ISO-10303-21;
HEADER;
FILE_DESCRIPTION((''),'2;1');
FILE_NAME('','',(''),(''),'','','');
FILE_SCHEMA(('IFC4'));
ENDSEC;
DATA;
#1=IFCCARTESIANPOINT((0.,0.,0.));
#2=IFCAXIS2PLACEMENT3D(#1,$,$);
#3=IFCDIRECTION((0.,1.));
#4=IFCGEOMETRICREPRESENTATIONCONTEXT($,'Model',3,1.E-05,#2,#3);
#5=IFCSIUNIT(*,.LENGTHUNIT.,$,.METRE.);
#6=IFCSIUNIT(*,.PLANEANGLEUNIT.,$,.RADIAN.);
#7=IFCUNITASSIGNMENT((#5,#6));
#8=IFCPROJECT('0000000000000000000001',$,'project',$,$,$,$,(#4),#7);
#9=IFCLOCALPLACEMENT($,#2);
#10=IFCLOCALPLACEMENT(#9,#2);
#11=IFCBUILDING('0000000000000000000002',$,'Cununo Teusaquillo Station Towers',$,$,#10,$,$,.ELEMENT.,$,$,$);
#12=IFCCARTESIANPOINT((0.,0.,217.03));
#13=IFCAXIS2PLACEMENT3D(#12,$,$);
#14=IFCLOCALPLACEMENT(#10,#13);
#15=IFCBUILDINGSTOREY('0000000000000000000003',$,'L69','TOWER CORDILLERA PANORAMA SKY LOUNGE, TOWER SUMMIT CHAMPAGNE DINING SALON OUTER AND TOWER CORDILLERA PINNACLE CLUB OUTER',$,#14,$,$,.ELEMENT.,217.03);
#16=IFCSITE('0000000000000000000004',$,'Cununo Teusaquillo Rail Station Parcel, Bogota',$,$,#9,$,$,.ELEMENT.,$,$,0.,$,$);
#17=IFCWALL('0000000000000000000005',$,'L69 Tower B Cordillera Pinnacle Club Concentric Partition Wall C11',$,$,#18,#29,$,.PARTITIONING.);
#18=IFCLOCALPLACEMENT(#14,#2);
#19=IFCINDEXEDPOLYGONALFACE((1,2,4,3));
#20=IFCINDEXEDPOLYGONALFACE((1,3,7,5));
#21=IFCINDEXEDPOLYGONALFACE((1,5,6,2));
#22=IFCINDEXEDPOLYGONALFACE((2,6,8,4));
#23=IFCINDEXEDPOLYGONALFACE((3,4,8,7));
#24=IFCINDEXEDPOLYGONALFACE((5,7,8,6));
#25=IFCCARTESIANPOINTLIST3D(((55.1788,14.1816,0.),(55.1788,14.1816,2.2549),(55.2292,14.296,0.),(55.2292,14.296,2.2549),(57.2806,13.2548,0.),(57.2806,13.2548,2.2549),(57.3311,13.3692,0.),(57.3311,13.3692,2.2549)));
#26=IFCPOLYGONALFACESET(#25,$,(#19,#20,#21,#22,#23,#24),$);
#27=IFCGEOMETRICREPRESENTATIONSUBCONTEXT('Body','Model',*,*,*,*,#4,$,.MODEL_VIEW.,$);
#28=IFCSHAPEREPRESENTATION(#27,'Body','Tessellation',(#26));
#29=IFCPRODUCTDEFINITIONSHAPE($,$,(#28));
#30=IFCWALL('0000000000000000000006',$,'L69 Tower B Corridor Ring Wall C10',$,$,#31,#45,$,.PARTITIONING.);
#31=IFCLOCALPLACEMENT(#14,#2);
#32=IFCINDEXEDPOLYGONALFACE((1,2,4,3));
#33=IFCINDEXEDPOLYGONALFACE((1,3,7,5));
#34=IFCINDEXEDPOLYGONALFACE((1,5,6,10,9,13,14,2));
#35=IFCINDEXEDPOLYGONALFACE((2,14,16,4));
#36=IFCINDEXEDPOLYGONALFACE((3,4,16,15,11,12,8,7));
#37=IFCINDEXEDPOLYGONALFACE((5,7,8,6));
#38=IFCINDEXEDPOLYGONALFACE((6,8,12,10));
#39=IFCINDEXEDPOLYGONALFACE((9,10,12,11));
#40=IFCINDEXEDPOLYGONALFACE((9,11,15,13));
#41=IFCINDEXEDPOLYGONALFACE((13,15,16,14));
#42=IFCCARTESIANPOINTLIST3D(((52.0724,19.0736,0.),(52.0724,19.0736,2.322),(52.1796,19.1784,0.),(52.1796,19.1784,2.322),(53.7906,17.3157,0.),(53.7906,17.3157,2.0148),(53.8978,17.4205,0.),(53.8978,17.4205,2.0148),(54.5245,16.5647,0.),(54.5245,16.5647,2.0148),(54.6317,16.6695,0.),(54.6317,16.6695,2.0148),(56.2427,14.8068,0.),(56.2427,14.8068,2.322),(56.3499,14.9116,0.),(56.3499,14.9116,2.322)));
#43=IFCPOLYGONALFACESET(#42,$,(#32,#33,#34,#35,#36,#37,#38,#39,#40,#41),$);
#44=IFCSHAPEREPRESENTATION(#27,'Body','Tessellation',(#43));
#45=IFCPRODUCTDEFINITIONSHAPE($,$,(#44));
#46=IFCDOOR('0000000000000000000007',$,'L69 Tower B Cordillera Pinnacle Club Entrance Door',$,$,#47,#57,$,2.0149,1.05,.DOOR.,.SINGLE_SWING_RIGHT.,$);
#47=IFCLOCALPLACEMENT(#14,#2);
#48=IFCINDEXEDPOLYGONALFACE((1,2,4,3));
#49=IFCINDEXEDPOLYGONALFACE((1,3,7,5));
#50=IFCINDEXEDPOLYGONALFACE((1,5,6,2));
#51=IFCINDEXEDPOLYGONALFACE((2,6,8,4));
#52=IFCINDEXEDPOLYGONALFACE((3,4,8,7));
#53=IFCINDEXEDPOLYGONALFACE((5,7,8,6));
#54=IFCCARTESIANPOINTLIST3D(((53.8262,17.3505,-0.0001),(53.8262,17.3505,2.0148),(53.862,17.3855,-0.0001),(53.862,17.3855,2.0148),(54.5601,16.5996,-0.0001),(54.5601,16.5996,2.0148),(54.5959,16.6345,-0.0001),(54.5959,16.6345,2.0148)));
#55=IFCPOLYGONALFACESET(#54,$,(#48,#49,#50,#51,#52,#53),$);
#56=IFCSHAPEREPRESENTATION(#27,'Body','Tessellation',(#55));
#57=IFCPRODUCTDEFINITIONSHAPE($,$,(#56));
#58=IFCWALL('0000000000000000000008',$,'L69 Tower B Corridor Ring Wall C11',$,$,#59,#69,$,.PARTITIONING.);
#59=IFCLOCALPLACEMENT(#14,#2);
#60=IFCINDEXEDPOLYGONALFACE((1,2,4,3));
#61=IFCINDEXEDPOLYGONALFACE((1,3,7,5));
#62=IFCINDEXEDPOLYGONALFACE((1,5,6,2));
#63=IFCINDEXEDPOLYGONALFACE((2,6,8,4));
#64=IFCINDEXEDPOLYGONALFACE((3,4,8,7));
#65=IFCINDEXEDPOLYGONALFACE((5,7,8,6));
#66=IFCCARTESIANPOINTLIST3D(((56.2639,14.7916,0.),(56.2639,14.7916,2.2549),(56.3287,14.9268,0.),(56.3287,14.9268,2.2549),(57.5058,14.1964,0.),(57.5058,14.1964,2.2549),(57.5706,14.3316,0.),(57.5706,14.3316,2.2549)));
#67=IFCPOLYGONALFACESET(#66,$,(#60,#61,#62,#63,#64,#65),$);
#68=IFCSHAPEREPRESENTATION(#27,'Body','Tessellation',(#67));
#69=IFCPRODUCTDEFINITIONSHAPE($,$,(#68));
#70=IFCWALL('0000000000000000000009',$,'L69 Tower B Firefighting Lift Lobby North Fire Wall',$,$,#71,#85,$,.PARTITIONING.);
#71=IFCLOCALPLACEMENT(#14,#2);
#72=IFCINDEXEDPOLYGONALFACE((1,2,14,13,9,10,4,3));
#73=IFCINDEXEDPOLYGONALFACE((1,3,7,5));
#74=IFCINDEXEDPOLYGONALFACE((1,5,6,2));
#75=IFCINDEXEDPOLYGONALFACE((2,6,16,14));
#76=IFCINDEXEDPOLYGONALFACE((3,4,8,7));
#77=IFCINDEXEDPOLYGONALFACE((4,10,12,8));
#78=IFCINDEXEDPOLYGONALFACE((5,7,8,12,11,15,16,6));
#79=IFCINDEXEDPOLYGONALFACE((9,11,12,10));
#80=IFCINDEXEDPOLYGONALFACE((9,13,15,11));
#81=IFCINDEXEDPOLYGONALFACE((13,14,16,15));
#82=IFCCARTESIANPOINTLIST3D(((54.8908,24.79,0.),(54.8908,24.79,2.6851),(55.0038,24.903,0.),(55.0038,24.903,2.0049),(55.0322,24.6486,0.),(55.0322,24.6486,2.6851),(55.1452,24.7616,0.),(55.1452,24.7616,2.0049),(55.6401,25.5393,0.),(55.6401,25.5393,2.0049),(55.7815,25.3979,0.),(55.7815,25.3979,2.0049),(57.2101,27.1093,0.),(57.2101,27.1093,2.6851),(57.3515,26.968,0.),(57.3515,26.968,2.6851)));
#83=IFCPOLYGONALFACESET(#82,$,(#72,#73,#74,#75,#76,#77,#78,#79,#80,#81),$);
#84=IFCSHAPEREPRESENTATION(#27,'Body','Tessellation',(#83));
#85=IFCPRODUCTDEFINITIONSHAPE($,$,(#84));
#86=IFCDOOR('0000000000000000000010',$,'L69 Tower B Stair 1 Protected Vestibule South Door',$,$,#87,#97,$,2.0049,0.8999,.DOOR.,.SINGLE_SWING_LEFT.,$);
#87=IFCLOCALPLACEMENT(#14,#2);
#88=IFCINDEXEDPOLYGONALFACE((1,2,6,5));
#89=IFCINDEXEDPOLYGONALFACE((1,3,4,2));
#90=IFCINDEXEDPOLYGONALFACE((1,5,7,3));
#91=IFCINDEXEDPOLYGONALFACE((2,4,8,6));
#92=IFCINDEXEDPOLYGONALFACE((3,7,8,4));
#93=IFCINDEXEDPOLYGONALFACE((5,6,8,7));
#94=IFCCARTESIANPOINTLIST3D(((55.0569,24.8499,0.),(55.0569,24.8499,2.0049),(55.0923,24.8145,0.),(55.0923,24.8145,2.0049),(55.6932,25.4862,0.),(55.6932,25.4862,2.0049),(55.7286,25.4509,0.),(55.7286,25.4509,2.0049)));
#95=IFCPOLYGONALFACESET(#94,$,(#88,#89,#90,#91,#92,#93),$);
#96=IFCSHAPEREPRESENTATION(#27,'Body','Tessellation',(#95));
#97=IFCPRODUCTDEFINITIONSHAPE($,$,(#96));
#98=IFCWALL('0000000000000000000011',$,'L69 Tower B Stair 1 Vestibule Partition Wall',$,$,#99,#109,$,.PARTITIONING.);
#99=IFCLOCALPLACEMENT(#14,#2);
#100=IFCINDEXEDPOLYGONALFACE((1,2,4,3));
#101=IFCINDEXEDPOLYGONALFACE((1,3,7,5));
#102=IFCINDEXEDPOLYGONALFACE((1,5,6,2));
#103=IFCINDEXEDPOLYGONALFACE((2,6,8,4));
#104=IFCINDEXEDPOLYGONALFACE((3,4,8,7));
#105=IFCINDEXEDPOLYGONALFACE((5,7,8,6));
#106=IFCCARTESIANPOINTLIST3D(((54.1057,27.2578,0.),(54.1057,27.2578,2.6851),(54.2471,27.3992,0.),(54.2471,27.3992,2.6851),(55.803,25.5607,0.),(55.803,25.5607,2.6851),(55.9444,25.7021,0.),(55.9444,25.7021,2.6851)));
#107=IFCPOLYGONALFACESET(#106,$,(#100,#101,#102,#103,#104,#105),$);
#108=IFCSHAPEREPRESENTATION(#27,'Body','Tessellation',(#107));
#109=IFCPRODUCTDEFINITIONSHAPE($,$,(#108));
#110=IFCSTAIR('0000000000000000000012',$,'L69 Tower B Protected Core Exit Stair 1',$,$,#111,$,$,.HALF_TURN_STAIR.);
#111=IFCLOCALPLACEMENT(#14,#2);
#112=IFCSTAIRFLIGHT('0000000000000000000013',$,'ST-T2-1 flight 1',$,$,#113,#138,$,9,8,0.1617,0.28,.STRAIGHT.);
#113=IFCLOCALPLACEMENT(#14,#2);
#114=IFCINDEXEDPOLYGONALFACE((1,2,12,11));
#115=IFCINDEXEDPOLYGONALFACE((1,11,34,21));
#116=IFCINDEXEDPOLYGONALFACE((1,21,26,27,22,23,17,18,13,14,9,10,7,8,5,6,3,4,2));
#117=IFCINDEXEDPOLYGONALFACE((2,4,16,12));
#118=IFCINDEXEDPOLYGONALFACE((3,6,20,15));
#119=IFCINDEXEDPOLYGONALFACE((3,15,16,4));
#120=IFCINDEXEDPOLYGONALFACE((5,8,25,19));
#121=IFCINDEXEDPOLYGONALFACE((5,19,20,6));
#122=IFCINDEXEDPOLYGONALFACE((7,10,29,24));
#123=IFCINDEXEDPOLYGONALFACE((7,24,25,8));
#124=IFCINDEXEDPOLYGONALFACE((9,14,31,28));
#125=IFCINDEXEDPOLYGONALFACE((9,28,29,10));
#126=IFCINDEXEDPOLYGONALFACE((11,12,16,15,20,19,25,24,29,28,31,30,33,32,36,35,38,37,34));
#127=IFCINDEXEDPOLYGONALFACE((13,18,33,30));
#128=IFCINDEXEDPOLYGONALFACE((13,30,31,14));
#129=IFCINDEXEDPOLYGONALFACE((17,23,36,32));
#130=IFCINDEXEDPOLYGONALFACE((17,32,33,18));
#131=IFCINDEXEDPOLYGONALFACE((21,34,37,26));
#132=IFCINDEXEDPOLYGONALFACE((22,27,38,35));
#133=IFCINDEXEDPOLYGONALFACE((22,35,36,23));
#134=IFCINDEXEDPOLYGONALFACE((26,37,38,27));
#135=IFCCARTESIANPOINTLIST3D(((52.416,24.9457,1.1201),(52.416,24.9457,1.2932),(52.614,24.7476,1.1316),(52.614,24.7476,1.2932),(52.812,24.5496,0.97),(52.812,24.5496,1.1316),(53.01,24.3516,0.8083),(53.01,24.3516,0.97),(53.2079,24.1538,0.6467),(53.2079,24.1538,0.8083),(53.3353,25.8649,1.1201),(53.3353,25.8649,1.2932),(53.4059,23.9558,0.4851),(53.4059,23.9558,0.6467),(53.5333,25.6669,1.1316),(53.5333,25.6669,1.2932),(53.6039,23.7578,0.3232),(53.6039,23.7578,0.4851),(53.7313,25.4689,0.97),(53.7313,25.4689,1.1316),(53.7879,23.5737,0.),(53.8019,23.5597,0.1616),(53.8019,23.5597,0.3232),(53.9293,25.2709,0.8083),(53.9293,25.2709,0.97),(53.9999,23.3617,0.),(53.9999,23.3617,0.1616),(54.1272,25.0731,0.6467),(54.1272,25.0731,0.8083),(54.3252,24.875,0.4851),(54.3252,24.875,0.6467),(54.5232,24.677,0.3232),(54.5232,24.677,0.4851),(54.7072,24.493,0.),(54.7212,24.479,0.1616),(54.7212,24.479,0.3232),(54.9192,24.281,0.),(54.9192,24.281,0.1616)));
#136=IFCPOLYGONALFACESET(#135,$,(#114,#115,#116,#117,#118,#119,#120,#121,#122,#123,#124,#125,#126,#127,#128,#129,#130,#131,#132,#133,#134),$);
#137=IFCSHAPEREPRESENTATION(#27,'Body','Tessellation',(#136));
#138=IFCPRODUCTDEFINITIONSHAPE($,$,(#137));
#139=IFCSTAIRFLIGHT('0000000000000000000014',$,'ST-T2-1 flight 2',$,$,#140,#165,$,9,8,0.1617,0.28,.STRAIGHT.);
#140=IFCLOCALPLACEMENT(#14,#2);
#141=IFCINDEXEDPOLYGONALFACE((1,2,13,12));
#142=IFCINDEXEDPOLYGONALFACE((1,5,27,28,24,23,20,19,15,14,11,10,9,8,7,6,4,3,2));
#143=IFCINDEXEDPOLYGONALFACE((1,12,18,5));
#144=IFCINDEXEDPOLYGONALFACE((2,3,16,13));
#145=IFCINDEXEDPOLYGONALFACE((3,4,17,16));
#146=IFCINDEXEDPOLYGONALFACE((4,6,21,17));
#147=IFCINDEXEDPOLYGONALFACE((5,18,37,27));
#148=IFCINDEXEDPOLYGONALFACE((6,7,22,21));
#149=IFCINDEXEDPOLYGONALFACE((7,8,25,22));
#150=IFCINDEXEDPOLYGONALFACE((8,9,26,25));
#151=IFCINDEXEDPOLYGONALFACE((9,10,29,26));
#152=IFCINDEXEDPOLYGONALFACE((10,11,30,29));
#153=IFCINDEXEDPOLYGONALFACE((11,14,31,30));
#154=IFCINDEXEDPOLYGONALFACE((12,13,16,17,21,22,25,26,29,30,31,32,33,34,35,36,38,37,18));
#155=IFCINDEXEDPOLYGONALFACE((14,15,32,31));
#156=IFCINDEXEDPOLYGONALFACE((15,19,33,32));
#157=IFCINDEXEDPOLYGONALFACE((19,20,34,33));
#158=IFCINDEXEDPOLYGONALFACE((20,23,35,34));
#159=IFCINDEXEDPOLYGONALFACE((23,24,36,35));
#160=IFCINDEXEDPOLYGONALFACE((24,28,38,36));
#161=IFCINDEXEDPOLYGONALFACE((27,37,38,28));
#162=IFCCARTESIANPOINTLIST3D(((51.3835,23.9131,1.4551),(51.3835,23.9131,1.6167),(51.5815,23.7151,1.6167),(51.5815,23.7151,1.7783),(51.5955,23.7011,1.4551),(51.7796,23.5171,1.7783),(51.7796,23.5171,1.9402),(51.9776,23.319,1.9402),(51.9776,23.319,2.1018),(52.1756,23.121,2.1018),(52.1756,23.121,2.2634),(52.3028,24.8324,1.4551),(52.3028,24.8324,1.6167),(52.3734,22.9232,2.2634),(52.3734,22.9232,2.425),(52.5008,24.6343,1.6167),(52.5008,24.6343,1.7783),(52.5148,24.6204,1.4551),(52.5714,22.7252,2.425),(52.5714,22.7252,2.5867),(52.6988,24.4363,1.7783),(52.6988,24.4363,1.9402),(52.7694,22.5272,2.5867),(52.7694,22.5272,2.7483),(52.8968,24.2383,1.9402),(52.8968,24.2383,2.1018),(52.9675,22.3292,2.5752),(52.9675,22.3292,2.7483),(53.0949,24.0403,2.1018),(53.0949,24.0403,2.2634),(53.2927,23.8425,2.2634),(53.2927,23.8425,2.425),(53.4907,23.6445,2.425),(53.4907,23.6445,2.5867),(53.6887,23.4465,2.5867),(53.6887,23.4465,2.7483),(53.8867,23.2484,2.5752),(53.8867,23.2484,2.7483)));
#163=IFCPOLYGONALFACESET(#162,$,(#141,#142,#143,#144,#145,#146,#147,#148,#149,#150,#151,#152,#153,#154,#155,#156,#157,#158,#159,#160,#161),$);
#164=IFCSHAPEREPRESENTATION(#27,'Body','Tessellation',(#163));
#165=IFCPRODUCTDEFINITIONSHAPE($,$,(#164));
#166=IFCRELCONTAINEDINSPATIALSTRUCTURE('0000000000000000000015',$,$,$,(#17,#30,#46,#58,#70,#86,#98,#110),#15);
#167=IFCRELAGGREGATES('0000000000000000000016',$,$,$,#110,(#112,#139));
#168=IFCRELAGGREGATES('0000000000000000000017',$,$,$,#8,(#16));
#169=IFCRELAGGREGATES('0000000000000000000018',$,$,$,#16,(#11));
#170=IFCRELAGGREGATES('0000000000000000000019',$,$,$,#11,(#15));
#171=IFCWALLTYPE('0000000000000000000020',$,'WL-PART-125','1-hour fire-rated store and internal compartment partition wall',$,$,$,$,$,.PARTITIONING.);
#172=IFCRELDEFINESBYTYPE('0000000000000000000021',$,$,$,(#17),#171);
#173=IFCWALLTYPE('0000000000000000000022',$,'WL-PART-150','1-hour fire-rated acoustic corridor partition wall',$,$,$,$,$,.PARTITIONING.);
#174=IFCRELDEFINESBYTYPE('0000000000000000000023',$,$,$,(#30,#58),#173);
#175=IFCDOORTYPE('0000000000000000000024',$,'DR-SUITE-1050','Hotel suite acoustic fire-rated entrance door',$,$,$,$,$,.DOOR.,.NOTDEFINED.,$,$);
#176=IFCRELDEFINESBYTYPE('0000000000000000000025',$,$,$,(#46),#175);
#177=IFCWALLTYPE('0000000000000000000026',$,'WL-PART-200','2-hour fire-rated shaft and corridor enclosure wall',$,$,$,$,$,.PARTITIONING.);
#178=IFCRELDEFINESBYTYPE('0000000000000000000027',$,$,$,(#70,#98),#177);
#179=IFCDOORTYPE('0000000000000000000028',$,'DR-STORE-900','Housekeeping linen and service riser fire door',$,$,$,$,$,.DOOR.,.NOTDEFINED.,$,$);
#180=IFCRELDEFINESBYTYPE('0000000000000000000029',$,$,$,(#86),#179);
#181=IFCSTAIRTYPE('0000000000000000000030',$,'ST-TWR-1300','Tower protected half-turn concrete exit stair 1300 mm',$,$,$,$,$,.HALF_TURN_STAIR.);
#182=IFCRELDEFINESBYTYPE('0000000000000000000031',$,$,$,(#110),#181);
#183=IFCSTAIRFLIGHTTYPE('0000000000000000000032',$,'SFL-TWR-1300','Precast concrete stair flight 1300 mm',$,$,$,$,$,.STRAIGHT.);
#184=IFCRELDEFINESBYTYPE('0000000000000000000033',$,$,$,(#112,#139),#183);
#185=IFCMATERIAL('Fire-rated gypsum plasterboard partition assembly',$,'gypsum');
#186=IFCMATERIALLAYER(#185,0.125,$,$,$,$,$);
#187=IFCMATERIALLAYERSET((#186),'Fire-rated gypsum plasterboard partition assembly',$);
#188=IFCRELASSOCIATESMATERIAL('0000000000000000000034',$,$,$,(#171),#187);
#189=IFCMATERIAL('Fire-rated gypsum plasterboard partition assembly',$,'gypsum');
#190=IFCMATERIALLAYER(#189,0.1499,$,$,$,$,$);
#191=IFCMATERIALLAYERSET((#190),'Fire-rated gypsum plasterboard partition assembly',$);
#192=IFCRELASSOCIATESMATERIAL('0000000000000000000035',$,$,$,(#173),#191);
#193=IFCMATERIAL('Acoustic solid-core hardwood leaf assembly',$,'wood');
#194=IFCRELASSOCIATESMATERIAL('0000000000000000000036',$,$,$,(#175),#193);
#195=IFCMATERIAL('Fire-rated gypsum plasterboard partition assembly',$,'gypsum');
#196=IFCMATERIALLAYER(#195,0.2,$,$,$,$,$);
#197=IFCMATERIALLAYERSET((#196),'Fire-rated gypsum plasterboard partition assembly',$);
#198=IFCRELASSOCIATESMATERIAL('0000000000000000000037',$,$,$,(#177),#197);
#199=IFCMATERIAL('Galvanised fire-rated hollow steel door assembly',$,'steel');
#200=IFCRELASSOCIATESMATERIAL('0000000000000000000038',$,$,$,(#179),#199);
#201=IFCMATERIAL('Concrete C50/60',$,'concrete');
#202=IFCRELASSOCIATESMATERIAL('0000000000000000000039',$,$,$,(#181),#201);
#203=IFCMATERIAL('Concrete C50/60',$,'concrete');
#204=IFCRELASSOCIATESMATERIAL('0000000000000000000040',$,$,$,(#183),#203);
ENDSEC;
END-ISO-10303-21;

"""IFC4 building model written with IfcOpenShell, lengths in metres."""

from ifc_helpers import new_model, si_unit, direction, frame, frame_2d, origin, place, context, subcontext, project, spatial, polyline, rectangle, outline, extrude, source, transform, mapped, material, layer, layer_set, type_object, element, fill, aggregate, save


model = new_model("IFC4")

# Units and contexts
model_context = context("Model", 3, precision=1e-05, world=origin(), true_north=direction((0.0, 1.0)))
body_context = subcontext(model_context, "Body", "Model", "MODEL_VIEW")
ifc_project = project(units=[si_unit("LENGTHUNIT", "METRE"), si_unit("PLANEANGLEUNIT", "RADIAN")], contexts=[model_context])

# Site, building, storey
site_placement = place(None, origin())
site = spatial("IfcSite", under=ifc_project, at=site_placement, Name="Cununo Teusaquillo Rail Station Parcel, Bogota", CompositionType="ELEMENT", RefElevation=0.0)
building_placement = place(site_placement, origin())
building = spatial("IfcBuilding", under=site, at=building_placement, Name="Cununo Teusaquillo Station Towers", CompositionType="ELEMENT")
storey_placement = place(building_placement, frame((0.0, 0.0, 217.03)))
storey = spatial("IfcBuildingStorey", under=building, at=storey_placement, Name="L69", Description="TOWER CORDILLERA PANORAMA SKY LOUNGE, TOWER SUMMIT CHAMPAGNE DINING SALON OUTER AND TOWER CORDILLERA PINNACLE CLUB OUTER", CompositionType="ELEMENT", Elevation=217.03)

# Wall
ifc_material_1 = material(Name="Fire-rated gypsum plasterboard partition assembly", Category="gypsum")
ifc_layer_1 = layer(ifc_material_1, 0.125)
ifc_layer_set_1 = layer_set([ifc_layer_1], Name="Fire-rated gypsum plasterboard partition assembly")
wall_type_1 = type_object("IfcWallType", Name="WL-PART-125", Description="1-hour fire-rated store and internal compartment partition wall", PredefinedType="PARTITIONING", material=ifc_layer_set_1)
wall_1_placement = place(storey_placement, frame((55.2041, 14.2388, 0.0), z_axis=(0.0, 0.0, 1.0), x_axis=(0.915, -0.403454, 0.0)))
element("IfcWall", 1, at=wall_1_placement, inside=storey, type_object=wall_type_1, Name="L69 Tower B Cordillera Pinnacle Club Concentric Partition Wall C11", PredefinedType="PARTITIONING", context=body_context, shape_type="SweptSolid", body=[
    extrude(rectangle(XDim=2.2971, YDim=0.125, at=frame_2d((1.1484, 0.0))), origin(), (0.0, 0.0, 1.0), 2.2549),
])

# Wall, opening, door
ifc_material_2 = material(Name="Fire-rated gypsum plasterboard partition assembly", Category="gypsum")
ifc_layer_2 = layer(ifc_material_2, 0.1499)
ifc_layer_set_2 = layer_set([ifc_layer_2], Name="Fire-rated gypsum plasterboard partition assembly")
wall_type_2 = type_object("IfcWallType", Name="WL-PART-150", Description="1-hour fire-rated acoustic corridor partition wall", PredefinedType="PARTITIONING", material=ifc_layer_set_2)
wall_2_placement = place(storey_placement, frame((52.126, 19.126, 0.0), z_axis=(0.0, 0.0, 1.0), x_axis=(0.698979, -0.715142, 0.0)))
wall_2 = element("IfcWall", 2, at=wall_2_placement, inside=storey, type_object=wall_type_2, Name="L69 Tower B Corridor Ring Wall C10", PredefinedType="PARTITIONING", context=body_context, shape_type="SweptSolid", body=[
    extrude(rectangle(XDim=5.9663, YDim=0.1499, at=frame_2d((2.9832, 0.0))), origin(), (0.0, 0.0, 1.0), 2.322),
])
shared_shape_1 = source(origin(), body_context, "Body", "SweptSolid", [
    extrude(rectangle(XDim=1.05, YDim=2.0149, at=frame_2d((0.5249, 1.0073))), frame((0.0, 0.085, 0.0), z_axis=(0.0, -1.0, 0.0), x_axis=(1.0, 0.0, 0.0)), (0.0, 0.0, 1.0), 0.1699),
])
opening_1_placement = place(wall_2_placement, frame((2.4583, 0.0, 0.0)))
opening_1 = element("IfcOpeningElement", 3, at=opening_1_placement, cuts=wall_2, PredefinedType="OPENING", context=body_context, shape_type="MappedRepresentation", body=[
    mapped(shared_shape_1, transform((0.0, 0.0, 0.0), x_axis=(1.0, 0.0, 0.0), y_axis=(0.0, 1.0, 0.0), z_axis=(0.0, 0.0, 1.0), scale=1.0)),
])
ifc_material_3 = material(Name="Acoustic solid-core hardwood leaf assembly", Category="wood")
door_type_1 = type_object("IfcDoorType", Name="DR-SUITE-1050", Description="Hotel suite acoustic fire-rated entrance door", OperationType="NOTDEFINED", PredefinedType="DOOR", material=ifc_material_3)
shared_shape_2 = source(origin(), body_context, "Body", "SweptSolid", [
    extrude(rectangle(XDim=1.05, YDim=2.0149, at=frame_2d((0.5249, 1.0073))), frame((0.0, 0.0249, 0.0), z_axis=(0.0, -1.0, 0.0), x_axis=(1.0, 0.0, 0.0)), (0.0, 0.0, 1.0), 0.05),
])
door_1_placement = place(opening_1_placement, origin())
door_1 = element("IfcDoor", 4, at=door_1_placement, inside=storey, type_object=door_type_1, Name="L69 Tower B Cordillera Pinnacle Club Entrance Door", OperationType="SINGLE_SWING_RIGHT", OverallHeight=2.0149, OverallWidth=1.05, PredefinedType="DOOR", context=body_context, shape_type="MappedRepresentation", body=[
    mapped(shared_shape_2, transform((0.0, 0.0, 0.0), x_axis=(1.0, 0.0, 0.0), y_axis=(0.0, 1.0, 0.0), z_axis=(0.0, 0.0, 1.0), scale=1.0)),
])
fill(opening_1, door_1)

# Wall
wall_3_placement = place(storey_placement, frame((56.2964, 14.8591, 0.0), z_axis=(0.0, 0.0, 1.0), x_axis=(0.901783, -0.432189, 0.0)))
element("IfcWall", 5, at=wall_3_placement, inside=storey, type_object=wall_type_2, Name="L69 Tower B Corridor Ring Wall C11", PredefinedType="PARTITIONING", context=body_context, shape_type="SweptSolid", body=[
    extrude(rectangle(XDim=1.3772, YDim=0.1499, at=frame_2d((0.6885, 0.0))), origin(), (0.0, 0.0, 1.0), 2.2549),
])

# Wall, opening, door
ifc_material_4 = material(Name="Fire-rated gypsum plasterboard partition assembly", Category="gypsum")
ifc_layer_3 = layer(ifc_material_4, 0.2)
ifc_layer_set_3 = layer_set([ifc_layer_3], Name="Fire-rated gypsum plasterboard partition assembly")
wall_type_3 = type_object("IfcWallType", Name="WL-PART-200", Description="2-hour fire-rated shaft and corridor enclosure wall", PredefinedType="PARTITIONING", material=ifc_layer_set_3)
wall_4_placement = place(storey_placement, frame((54.9614, 24.7192, 0.0), z_axis=(0.0, 0.0, 1.0), x_axis=(0.707107, 0.707107, 0.0)))
wall_4 = element("IfcWall", 6, at=wall_4_placement, inside=storey, type_object=wall_type_3, Name="L69 Tower B Firefighting Lift Lobby North Fire Wall", PredefinedType="PARTITIONING", context=body_context, shape_type="SweptSolid", body=[
    extrude(rectangle(XDim=3.28, YDim=0.2, at=frame_2d((1.6401, 0.0))), origin(), (0.0, 0.0, 1.0), 2.6851),
])
shared_shape_3 = source(origin(), body_context, "Body", "SweptSolid", [
    extrude(rectangle(XDim=0.8999, YDim=2.0049, at=frame_2d((0.45, 1.0024))), frame((0.0, 0.1099, 0.0), z_axis=(0.0, -1.0, 0.0), x_axis=(1.0, 0.0, 0.0)), (0.0, 0.0, 1.0), 0.22),
])
opening_2_placement = place(wall_4_placement, frame((0.1599, 0.0, 0.0)))
opening_2 = element("IfcOpeningElement", 7, at=opening_2_placement, cuts=wall_4, PredefinedType="OPENING", context=body_context, shape_type="MappedRepresentation", body=[
    mapped(shared_shape_3, transform((0.0, 0.0, 0.0), x_axis=(1.0, 0.0, 0.0), y_axis=(0.0, 1.0, 0.0), z_axis=(0.0, 0.0, 1.0), scale=1.0)),
])
ifc_material_5 = material(Name="Galvanised fire-rated hollow steel door assembly", Category="steel")
door_type_2 = type_object("IfcDoorType", Name="DR-STORE-900", Description="Housekeeping linen and service riser fire door", OperationType="NOTDEFINED", PredefinedType="DOOR", material=ifc_material_5)
shared_shape_4 = source(origin(), body_context, "Body", "SweptSolid", [
    extrude(rectangle(XDim=0.8999, YDim=2.0049, at=frame_2d((0.45, 1.0024))), frame((0.0, 0.0249, 0.0), z_axis=(0.0, -1.0, 0.0), x_axis=(1.0, 0.0, 0.0)), (0.0, 0.0, 1.0), 0.05),
])
door_2_placement = place(opening_2_placement, origin())
door_2 = element("IfcDoor", 8, at=door_2_placement, inside=storey, type_object=door_type_2, Name="L69 Tower B Stair 1 Protected Vestibule South Door", OperationType="SINGLE_SWING_LEFT", OverallHeight=2.0049, OverallWidth=0.8999, PredefinedType="DOOR", context=body_context, shape_type="MappedRepresentation", body=[
    mapped(shared_shape_4, transform((0.0, 0.0, 0.0), x_axis=(1.0, 0.0, 0.0), y_axis=(0.0, 1.0, 0.0), z_axis=(0.0, 0.0, 1.0), scale=1.0)),
])
fill(opening_2, door_2)

# Wall
wall_5_placement = place(storey_placement, frame((55.8738, 25.6313, 0.0), z_axis=(0.0, 0.0, 1.0), x_axis=(-0.707158, 0.707056, 0.0)))
element("IfcWall", 9, at=wall_5_placement, inside=storey, type_object=wall_type_3, Name="L69 Tower B Stair 1 Vestibule Partition Wall", PredefinedType="PARTITIONING", context=body_context, shape_type="SweptSolid", body=[
    extrude(rectangle(XDim=2.4001, YDim=0.2, at=frame_2d((1.2002, 0.0))), origin(), (0.0, 0.0, 1.0), 2.6851),
])

# Stair, stair flights
ifc_material_6 = material(Name="Concrete C50/60", Category="concrete")
stair_type = type_object("IfcStairType", Name="ST-TWR-1300", Description="Tower protected half-turn concrete exit stair 1300 mm", PredefinedType="HALF_TURN_STAIR", material=ifc_material_6)
stair_placement = place(storey_placement, origin())
stair = element("IfcStair", 10, at=stair_placement, inside=storey, type_object=stair_type, Name="L69 Tower B Protected Core Exit Stair 1", PredefinedType="HALF_TURN_STAIR")
ifc_material_7 = material(Name="Concrete C50/60", Category="concrete")
stair_flight_type = type_object("IfcStairFlightType", Name="SFL-TWR-1300", Description="Precast concrete stair flight 1300 mm", PredefinedType="STRAIGHT", material=ifc_material_7)
stair_flight_1_placement = place(storey_placement, frame((54.4595, 23.8213, 0.0), z_axis=(0.0, 0.0, 1.0), x_axis=(-0.707107, 0.707107, 0.0)))
stair_flight_1 = element("IfcStairFlight", 11, at=stair_flight_1_placement, type_object=stair_flight_type, Name="ST-T2-1 flight 1", NumberOfRisers=9, NumberOfTreads=8, PredefinedType="STRAIGHT", RiserHeight=0.1617, TreadLength=0.28, context=body_context, shape_type="SweptSolid", body=[
    extrude(outline(polyline([(0.0, 0.0), (0.0, 0.1616), (0.28, 0.1616), (0.28, 0.3232), (0.5601, 0.3232), (0.5601, 0.4851), (0.8401, 0.4851), (0.8401, 0.6467), (1.1201, 0.6467), (1.1201, 0.8083), (1.3999, 0.8083), (1.3999, 0.97), (1.6799, 0.97), (1.6799, 1.1316), (1.96, 1.1316), (1.96, 1.2932), (2.24, 1.2932), (2.24, 1.4551), (2.24, 1.1201), (0.2998, 0.0), (0.0, 0.0)])), frame((0.0, 0.6499, 0.0), z_axis=(0.0, -1.0, 0.0), x_axis=(1.0, 0.0, 0.0)), (0.0, 0.0, 1.0), 1.3),
])
stair_flight_2_placement = place(storey_placement, frame((51.8433, 24.3728, 1.4551), z_axis=(0.0, 0.0, 1.0), x_axis=(0.707107, -0.707107, 0.0)))
stair_flight_2 = element("IfcStairFlight", 12, at=stair_flight_2_placement, type_object=stair_flight_type, Name="ST-T2-1 flight 2", NumberOfRisers=9, NumberOfTreads=8, PredefinedType="STRAIGHT", RiserHeight=0.1617, TreadLength=0.28, context=body_context, shape_type="SweptSolid", body=[
    extrude(outline(polyline([(0.0, 0.0), (0.0, 0.1616), (0.28, 0.1616), (0.28, 0.3232), (0.5601, 0.3232), (0.5601, 0.4851), (0.8401, 0.4851), (0.8401, 0.6467), (1.1201, 0.6467), (1.1201, 0.8083), (1.3999, 0.8083), (1.3999, 0.97), (1.6799, 0.97), (1.6799, 1.1316), (1.96, 1.1316), (1.96, 1.2932), (2.24, 1.2932), (2.24, 1.4551), (2.24, 1.1201), (0.2998, 0.0), (0.0, 0.0)])), frame((0.0, 0.6499, 0.0), z_axis=(0.0, -1.0, 0.0), x_axis=(1.0, 0.0, 0.0)), (0.0, 0.0, 1.0), 1.3),
])
aggregate(stair, [stair_flight_1, stair_flight_2])

save(model, "model.ifc")
